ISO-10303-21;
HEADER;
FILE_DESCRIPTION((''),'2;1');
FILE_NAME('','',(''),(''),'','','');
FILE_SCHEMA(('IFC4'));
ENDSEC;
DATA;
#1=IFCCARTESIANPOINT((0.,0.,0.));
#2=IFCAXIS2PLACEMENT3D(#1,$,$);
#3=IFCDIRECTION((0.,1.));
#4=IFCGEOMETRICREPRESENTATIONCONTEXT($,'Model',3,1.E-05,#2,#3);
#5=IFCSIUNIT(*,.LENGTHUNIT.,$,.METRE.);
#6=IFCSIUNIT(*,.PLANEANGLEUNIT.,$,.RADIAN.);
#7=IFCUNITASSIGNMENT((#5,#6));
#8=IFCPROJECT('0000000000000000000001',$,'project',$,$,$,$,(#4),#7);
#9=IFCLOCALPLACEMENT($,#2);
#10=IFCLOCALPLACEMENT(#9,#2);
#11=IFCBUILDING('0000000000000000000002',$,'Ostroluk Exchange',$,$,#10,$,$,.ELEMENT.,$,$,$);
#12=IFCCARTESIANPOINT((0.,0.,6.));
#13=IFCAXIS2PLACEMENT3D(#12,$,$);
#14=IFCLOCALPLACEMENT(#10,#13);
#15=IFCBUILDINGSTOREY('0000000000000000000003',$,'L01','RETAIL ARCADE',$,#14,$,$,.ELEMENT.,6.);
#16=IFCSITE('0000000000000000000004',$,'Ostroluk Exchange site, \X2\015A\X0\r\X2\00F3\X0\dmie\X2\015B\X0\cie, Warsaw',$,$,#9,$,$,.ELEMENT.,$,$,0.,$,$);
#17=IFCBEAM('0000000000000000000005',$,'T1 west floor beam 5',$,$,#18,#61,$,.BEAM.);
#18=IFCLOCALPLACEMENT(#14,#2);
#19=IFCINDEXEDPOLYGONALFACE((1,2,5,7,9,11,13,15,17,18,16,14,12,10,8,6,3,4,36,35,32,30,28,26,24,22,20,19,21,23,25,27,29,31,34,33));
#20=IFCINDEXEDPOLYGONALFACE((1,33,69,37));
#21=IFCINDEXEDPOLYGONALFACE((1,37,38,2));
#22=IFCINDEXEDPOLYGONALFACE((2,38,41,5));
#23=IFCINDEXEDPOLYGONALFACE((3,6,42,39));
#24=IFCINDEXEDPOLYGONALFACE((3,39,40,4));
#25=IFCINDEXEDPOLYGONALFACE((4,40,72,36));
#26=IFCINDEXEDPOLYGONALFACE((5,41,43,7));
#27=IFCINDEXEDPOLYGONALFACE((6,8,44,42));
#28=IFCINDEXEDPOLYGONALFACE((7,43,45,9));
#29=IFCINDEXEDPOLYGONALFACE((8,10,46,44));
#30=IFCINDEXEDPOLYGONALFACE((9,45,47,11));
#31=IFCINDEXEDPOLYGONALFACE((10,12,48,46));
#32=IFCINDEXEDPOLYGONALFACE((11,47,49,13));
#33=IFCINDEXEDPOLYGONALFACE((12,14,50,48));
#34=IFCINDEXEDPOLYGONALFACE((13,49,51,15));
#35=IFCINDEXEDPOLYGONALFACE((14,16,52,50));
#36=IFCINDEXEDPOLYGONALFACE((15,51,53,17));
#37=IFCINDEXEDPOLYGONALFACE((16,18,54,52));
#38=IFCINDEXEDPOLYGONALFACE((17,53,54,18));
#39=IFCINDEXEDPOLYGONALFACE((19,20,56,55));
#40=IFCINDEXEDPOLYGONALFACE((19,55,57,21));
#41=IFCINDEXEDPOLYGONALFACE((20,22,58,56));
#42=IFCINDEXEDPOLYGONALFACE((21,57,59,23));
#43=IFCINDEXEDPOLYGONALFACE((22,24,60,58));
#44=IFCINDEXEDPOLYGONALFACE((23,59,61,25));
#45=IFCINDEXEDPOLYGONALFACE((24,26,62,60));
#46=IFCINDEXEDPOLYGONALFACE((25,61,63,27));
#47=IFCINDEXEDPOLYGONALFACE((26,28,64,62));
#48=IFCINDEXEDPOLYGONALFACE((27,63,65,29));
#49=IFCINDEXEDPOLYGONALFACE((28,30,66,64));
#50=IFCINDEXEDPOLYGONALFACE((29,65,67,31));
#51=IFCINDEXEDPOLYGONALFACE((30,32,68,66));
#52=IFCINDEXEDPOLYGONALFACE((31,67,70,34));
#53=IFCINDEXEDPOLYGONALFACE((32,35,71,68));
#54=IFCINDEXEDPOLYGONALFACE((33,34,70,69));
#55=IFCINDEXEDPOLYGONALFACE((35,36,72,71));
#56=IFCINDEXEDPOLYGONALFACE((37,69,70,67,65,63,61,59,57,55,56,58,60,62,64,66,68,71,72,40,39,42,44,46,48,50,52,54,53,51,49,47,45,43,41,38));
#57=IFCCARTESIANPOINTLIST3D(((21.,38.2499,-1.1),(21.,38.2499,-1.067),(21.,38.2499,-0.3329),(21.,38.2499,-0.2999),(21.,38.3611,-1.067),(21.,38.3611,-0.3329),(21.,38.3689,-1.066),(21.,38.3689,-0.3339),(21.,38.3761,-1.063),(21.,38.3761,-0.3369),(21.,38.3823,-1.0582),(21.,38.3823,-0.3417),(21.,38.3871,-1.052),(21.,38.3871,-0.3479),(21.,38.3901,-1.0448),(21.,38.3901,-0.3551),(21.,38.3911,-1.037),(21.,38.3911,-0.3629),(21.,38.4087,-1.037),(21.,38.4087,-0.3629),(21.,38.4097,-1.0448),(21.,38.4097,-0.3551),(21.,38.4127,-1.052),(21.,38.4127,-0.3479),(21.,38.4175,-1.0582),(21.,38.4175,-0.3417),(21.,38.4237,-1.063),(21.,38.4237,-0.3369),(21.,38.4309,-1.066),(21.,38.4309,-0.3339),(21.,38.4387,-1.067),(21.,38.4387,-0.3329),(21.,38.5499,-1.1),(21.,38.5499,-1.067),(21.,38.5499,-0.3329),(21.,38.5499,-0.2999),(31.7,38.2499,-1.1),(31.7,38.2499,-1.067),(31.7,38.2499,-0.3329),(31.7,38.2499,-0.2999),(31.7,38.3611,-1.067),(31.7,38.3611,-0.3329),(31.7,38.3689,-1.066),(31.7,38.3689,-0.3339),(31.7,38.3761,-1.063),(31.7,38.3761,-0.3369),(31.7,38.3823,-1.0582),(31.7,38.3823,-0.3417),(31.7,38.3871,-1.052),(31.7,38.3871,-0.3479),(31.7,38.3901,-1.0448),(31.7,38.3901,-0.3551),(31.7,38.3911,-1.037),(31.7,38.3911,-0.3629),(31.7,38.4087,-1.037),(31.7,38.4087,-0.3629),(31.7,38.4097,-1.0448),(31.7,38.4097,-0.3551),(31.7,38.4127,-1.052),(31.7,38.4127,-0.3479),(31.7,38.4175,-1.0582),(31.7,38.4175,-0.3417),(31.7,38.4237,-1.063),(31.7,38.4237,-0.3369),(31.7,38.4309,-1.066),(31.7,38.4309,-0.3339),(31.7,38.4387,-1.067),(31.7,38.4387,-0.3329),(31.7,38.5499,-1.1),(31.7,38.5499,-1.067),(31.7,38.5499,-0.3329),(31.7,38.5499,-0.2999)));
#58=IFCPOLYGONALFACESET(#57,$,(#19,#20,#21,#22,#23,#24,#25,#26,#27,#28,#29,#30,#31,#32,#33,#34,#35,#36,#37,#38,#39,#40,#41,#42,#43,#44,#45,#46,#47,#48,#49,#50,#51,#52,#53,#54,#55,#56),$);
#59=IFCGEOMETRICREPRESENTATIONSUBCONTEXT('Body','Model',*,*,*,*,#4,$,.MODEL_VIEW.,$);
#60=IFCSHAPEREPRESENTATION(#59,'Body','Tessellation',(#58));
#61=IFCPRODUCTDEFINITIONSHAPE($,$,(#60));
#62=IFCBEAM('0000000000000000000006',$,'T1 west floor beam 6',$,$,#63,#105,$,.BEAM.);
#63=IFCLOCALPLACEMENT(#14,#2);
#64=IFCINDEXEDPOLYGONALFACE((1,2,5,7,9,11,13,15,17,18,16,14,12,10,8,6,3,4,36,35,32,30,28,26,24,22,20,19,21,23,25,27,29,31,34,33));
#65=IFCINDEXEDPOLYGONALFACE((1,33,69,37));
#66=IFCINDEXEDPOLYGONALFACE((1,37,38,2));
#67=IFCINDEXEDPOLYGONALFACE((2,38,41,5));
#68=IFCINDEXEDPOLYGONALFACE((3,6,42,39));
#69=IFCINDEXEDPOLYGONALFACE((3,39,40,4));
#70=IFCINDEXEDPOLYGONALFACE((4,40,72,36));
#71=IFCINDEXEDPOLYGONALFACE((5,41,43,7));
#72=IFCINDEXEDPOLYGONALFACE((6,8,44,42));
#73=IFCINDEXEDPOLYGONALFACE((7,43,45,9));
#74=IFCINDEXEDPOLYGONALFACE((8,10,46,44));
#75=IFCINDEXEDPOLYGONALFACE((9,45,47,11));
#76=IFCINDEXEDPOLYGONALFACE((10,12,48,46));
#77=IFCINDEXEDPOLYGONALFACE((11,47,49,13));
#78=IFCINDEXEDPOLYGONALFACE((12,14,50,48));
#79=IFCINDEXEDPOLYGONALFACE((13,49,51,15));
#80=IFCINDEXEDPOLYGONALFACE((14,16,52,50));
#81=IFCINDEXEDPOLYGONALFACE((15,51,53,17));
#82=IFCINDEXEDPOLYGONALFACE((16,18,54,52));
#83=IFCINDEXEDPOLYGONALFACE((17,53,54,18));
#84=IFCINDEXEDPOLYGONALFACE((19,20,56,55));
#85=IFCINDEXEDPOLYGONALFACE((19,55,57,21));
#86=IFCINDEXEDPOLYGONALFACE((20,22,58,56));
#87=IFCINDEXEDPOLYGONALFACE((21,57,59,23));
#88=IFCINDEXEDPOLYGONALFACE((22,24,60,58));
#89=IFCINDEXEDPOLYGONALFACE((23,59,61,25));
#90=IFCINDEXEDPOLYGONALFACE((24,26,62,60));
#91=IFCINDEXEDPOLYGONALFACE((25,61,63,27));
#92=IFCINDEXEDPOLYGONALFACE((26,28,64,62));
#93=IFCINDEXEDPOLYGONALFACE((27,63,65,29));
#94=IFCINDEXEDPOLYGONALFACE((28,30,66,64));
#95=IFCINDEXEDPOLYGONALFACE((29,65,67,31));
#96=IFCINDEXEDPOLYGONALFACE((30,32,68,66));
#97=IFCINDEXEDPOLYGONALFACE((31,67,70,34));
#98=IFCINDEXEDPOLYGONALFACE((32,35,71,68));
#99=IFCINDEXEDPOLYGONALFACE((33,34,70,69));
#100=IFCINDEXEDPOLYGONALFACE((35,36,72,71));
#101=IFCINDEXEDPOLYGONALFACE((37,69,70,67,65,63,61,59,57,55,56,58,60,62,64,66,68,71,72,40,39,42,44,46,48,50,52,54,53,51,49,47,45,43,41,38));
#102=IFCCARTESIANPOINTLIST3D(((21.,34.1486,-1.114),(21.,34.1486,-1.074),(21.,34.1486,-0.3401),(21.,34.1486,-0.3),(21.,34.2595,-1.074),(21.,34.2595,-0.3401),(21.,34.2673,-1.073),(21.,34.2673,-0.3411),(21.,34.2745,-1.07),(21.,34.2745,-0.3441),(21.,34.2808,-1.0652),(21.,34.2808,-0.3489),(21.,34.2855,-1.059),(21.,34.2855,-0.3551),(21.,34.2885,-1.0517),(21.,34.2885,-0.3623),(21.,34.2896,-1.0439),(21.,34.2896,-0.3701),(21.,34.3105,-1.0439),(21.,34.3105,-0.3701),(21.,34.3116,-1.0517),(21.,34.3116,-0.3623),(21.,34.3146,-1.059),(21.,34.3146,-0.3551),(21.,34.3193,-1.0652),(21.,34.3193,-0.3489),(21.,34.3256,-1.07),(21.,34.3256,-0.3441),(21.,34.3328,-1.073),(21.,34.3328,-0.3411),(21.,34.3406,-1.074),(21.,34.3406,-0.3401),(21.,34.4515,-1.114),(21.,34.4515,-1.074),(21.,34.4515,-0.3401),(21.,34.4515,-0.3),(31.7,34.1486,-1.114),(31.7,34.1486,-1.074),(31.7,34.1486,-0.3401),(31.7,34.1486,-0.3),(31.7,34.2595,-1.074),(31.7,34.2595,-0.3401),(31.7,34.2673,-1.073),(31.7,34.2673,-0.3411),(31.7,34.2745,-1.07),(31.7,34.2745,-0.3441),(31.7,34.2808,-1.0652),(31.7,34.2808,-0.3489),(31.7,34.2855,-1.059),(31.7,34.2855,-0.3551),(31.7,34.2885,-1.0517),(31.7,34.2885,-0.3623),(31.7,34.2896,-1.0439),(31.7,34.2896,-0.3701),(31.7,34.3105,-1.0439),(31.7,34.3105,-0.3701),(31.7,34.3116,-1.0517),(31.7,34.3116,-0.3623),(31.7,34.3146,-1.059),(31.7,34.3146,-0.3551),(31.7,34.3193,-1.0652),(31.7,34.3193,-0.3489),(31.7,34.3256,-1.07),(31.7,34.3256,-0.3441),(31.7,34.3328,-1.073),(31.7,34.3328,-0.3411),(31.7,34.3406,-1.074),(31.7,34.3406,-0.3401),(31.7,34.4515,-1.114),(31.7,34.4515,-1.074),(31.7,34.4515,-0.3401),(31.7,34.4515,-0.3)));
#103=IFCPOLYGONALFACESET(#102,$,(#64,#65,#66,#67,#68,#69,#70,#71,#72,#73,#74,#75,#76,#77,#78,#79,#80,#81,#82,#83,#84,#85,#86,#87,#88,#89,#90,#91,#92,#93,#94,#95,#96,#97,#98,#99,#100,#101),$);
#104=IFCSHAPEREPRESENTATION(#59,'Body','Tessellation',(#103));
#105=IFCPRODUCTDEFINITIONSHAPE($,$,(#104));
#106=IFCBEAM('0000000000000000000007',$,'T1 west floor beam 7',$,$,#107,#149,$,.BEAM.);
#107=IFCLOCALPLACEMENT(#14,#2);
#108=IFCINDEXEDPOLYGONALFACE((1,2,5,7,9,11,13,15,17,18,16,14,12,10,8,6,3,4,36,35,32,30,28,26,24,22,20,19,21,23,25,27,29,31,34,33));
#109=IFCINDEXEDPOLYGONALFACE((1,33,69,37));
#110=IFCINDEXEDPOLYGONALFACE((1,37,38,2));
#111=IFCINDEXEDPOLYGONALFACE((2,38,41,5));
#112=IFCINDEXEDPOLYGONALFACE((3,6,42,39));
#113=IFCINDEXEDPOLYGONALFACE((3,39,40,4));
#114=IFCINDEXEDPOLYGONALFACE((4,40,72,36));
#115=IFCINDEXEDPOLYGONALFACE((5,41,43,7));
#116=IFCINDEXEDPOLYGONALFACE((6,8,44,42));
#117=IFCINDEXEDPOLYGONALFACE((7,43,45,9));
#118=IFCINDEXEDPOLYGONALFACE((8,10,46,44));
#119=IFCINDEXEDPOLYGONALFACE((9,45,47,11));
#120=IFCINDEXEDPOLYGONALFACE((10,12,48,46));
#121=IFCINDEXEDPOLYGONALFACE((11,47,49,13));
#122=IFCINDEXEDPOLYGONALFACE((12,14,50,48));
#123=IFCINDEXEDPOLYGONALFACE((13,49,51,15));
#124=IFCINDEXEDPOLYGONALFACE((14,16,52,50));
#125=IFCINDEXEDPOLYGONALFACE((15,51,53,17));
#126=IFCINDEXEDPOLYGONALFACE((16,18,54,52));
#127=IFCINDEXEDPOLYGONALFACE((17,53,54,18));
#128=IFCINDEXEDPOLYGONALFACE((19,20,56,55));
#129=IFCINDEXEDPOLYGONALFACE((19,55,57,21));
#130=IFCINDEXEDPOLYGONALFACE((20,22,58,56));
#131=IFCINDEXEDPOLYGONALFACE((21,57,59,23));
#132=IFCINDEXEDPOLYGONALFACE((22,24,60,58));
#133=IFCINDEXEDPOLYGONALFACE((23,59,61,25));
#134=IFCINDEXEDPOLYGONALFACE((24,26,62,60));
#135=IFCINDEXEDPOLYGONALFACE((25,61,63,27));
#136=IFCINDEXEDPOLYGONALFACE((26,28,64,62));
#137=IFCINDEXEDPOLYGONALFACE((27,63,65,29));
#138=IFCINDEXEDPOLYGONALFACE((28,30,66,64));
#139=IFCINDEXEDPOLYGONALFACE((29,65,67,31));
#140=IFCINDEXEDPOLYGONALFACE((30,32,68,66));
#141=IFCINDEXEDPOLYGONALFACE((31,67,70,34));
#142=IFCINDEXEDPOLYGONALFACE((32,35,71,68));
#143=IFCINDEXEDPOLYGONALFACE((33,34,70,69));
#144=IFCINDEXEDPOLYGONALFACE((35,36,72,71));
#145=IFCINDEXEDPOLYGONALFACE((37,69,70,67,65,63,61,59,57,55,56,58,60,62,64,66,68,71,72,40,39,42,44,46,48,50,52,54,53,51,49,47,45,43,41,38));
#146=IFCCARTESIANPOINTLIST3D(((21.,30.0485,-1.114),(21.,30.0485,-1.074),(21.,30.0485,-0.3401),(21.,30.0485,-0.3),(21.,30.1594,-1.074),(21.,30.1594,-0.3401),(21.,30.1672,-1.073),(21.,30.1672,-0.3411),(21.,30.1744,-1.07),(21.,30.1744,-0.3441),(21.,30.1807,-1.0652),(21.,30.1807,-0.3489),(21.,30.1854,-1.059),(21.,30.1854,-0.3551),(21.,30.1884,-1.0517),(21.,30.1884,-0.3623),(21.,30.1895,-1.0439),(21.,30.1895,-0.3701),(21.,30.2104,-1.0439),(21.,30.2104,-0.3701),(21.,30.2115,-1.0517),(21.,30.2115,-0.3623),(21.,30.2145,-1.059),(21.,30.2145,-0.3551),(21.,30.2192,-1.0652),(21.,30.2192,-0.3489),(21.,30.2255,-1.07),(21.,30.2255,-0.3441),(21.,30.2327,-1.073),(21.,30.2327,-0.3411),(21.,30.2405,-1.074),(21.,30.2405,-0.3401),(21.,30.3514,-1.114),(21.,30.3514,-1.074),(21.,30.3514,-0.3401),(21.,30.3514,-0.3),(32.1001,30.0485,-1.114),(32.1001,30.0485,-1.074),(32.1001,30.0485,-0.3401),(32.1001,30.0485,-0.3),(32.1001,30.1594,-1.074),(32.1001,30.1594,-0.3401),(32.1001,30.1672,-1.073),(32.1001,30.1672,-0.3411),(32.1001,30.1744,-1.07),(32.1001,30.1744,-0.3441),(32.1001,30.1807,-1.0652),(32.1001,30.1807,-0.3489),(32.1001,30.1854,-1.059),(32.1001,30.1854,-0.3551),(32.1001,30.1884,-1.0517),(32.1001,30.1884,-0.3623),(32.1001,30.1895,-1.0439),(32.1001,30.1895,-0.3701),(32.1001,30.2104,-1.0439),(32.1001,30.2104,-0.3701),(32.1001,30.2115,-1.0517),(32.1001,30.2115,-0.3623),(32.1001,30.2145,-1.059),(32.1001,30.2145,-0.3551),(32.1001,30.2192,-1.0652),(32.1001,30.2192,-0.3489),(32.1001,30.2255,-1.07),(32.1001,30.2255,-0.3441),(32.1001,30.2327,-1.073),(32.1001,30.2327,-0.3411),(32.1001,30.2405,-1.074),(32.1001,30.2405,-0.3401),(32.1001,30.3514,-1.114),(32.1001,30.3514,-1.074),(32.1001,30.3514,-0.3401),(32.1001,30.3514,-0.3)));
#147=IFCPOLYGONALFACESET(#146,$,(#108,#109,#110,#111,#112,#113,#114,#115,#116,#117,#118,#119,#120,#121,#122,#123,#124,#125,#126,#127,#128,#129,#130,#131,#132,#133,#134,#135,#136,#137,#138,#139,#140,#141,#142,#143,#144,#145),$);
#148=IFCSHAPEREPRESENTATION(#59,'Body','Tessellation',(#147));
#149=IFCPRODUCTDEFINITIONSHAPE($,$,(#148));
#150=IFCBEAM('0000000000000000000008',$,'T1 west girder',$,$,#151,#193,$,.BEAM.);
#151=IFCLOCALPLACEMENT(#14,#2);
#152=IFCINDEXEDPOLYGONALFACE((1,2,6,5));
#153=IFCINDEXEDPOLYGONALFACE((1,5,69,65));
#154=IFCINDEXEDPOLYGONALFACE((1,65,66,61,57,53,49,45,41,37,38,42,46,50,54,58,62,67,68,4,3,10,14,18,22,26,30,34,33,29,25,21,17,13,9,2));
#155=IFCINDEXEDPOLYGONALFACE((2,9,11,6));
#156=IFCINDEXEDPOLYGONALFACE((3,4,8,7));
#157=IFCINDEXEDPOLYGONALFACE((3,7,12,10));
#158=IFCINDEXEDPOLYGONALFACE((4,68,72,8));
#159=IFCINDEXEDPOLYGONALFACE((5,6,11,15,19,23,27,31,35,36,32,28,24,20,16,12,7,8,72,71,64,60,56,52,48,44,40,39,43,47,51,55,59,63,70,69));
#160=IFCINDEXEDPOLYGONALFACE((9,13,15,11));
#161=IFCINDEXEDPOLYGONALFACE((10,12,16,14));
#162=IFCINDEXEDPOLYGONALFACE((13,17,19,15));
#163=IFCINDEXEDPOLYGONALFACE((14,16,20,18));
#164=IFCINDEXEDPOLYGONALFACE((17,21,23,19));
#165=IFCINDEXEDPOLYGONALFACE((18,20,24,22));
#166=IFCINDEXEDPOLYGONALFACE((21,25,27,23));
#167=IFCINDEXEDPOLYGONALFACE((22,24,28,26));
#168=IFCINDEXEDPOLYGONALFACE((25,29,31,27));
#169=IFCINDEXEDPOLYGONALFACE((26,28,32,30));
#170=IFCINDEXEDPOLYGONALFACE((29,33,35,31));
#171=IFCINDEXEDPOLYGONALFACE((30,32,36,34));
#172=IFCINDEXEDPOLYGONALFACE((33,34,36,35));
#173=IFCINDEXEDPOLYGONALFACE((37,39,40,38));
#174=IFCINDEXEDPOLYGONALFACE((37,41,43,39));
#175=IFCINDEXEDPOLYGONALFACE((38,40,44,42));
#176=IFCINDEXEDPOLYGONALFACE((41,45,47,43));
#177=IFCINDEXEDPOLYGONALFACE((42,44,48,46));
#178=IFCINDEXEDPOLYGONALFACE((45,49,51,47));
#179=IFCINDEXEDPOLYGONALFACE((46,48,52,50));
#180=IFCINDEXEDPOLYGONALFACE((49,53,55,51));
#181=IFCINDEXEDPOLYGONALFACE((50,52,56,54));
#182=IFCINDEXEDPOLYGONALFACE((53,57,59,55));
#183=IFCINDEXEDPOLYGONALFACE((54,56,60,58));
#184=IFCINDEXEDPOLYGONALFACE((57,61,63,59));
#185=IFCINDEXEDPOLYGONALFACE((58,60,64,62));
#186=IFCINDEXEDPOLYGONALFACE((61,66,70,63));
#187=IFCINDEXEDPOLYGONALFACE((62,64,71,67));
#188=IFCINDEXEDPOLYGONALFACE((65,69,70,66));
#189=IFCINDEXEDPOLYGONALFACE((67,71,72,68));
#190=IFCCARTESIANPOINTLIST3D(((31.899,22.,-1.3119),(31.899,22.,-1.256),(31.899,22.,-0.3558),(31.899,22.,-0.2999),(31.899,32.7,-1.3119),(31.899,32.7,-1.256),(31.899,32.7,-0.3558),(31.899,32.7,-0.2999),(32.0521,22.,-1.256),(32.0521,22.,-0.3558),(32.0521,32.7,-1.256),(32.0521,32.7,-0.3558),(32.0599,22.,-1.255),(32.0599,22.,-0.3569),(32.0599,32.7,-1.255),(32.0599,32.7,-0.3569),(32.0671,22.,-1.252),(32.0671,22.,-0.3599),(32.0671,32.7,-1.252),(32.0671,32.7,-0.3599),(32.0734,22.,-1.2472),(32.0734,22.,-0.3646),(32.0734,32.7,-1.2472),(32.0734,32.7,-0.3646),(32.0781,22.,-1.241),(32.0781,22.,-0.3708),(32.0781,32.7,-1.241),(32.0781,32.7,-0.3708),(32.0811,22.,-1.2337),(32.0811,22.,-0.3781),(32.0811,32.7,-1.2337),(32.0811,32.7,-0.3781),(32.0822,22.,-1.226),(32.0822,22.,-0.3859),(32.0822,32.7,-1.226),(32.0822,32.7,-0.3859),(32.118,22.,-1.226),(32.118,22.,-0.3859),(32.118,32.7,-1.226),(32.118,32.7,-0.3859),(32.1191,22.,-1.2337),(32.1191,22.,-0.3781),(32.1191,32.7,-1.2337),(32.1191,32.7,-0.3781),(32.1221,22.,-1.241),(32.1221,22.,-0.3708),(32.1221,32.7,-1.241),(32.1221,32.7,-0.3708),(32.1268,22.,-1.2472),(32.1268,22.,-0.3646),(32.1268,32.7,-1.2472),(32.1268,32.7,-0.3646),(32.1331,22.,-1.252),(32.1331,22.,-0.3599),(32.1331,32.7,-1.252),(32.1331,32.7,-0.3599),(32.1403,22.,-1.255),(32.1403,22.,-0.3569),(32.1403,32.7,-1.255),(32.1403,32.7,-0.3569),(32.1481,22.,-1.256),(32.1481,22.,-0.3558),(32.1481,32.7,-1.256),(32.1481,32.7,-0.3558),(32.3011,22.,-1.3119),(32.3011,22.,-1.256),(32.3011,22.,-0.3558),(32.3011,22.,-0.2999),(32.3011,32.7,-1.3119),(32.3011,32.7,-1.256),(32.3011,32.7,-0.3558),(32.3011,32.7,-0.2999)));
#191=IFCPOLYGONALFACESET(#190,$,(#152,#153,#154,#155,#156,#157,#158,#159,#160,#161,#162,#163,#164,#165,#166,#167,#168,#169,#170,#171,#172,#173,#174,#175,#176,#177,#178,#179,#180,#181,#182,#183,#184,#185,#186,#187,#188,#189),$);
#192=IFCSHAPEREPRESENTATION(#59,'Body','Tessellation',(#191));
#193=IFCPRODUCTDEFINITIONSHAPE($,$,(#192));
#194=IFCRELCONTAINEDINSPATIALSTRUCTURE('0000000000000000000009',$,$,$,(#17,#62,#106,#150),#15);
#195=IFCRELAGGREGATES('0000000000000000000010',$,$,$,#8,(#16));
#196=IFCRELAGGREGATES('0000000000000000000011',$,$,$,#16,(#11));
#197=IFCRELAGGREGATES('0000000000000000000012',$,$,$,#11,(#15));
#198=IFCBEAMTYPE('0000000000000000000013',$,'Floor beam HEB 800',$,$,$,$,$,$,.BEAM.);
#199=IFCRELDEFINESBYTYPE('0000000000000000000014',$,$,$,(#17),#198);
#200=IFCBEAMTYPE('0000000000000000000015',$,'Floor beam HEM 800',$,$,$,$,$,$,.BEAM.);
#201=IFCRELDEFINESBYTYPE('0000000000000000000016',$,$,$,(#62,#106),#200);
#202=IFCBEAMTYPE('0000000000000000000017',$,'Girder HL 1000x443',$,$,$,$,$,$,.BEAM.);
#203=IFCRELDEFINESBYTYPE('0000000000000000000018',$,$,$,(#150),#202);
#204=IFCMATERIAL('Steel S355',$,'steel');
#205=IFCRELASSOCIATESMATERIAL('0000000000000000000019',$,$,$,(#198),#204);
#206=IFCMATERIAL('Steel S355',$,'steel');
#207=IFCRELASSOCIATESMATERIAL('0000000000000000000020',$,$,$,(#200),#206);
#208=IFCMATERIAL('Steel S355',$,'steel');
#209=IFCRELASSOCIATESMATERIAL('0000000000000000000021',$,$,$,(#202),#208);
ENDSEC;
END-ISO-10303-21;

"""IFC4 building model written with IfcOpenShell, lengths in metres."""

from ifc_helpers import new_model, si_unit, direction, frame, origin, origin_2d, place, context, subcontext, project, spatial, i_section, extrude, material, material_profile, profile_set, type_object, element, save


model = new_model("IFC4")

# Units and contexts
model_context = context("Model", 3, precision=1e-05, world=origin(), true_north=direction((0.0, 1.0)))
body_context = subcontext(model_context, "Body", "Model", "MODEL_VIEW")
ifc_project = project(units=[si_unit("LENGTHUNIT", "METRE"), si_unit("PLANEANGLEUNIT", "RADIAN")], contexts=[model_context])

# Site, building, storey
site_placement = place(None, origin())
site = spatial("IfcSite", under=ifc_project, at=site_placement, Name="Ostroluk Exchange site, Śródmieście, Warsaw", CompositionType="ELEMENT", RefElevation=0.0)
building_placement = place(site_placement, origin())
building = spatial("IfcBuilding", under=site, at=building_placement, Name="Ostroluk Exchange", CompositionType="ELEMENT")
storey_placement = place(building_placement, frame((0.0, 0.0, 6.0)))
storey = spatial("IfcBuildingStorey", under=building, at=storey_placement, Name="L01", Description="RETAIL ARCADE", CompositionType="ELEMENT", Elevation=6.0)

# Beams
ifc_material_1 = material(Name="Steel S355", Category="steel")
ifc_material_profile_1 = material_profile(ifc_material_1, i_section(OverallWidth=0.3, OverallDepth=0.8, WebThickness=0.0176, FlangeThickness=0.033, FilletRadius=0.03, at=origin_2d()), Name="HEB 800")
ifc_profile_set_1 = profile_set([ifc_material_profile_1], Name="Steel S355")
beam_type_1 = type_object("IfcBeamType", Name="Floor beam HEB 800", PredefinedType="BEAM", material=ifc_profile_set_1)
beam_1_placement = place(storey_placement, frame((31.7, 38.3999, -0.7), z_axis=(-1.0, 0.0, 0.0), x_axis=(0.0, -1.0, 0.0)))
element("IfcBeam", 1, at=beam_1_placement, inside=storey, type_object=beam_type_1, Name="T1 west floor beam 5", PredefinedType="BEAM", context=body_context, shape_type="SweptSolid", body=[
    extrude(i_section(OverallWidth=0.3, OverallDepth=0.8, WebThickness=0.0176, FlangeThickness=0.033, FilletRadius=0.03, at=origin_2d()), origin(), (0.0, 0.0, 1.0), 10.7),
])
ifc_material_2 = material(Name="Steel S355", Category="steel")
ifc_material_profile_2 = material_profile(ifc_material_2, i_section(OverallWidth=0.303, OverallDepth=0.814, WebThickness=0.021, FlangeThickness=0.04, FilletRadius=0.03, at=origin_2d()), Name="HEM 800")
ifc_profile_set_2 = profile_set([ifc_material_profile_2], Name="Steel S355")
beam_type_2 = type_object("IfcBeamType", Name="Floor beam HEM 800", PredefinedType="BEAM", material=ifc_profile_set_2)
beam_2_placement = place(storey_placement, frame((31.7, 34.3, -0.707), z_axis=(-1.0, 0.0, 0.0), x_axis=(0.0, -1.0, 0.0)))
element("IfcBeam", 2, at=beam_2_placement, inside=storey, type_object=beam_type_2, Name="T1 west floor beam 6", PredefinedType="BEAM", context=body_context, shape_type="SweptSolid", body=[
    extrude(i_section(OverallWidth=0.303, OverallDepth=0.814, WebThickness=0.021, FlangeThickness=0.04, FilletRadius=0.03, at=origin_2d()), origin(), (0.0, 0.0, 1.0), 10.7),
])
beam_3_placement = place(storey_placement, frame((32.1001, 30.2, -0.707), z_axis=(-1.0, 0.0, 0.0), x_axis=(0.0, -1.0, 0.0)))
element("IfcBeam", 3, at=beam_3_placement, inside=storey, type_object=beam_type_2, Name="T1 west floor beam 7", PredefinedType="BEAM", context=body_context, shape_type="SweptSolid", body=[
    extrude(i_section(OverallWidth=0.303, OverallDepth=0.814, WebThickness=0.021, FlangeThickness=0.04, FilletRadius=0.03, at=origin_2d()), origin(), (0.0, 0.0, 1.0), 11.1001),
])
ifc_material_3 = material(Name="Steel S355", Category="steel")
ifc_material_profile_3 = material_profile(ifc_material_3, i_section(OverallWidth=0.4021, OverallDepth=1.012, WebThickness=0.0359, FlangeThickness=0.0559, FilletRadius=0.03, at=origin_2d()), Name="HL 1000x443")
ifc_profile_set_3 = profile_set([ifc_material_profile_3], Name="Steel S355")
beam_type_3 = type_object("IfcBeamType", Name="Girder HL 1000x443", PredefinedType="BEAM", material=ifc_profile_set_3)
beam_4_placement = place(storey_placement, frame((32.1001, 32.7, -0.8059), z_axis=(0.0, -1.0, 0.0), x_axis=(1.0, 0.0, 0.0)))
element("IfcBeam", 4, at=beam_4_placement, inside=storey, type_object=beam_type_3, Name="T1 west girder", PredefinedType="BEAM", context=body_context, shape_type="SweptSolid", body=[
    extrude(i_section(OverallWidth=0.4021, OverallDepth=1.012, WebThickness=0.0359, FlangeThickness=0.0559, FilletRadius=0.03, at=origin_2d()), origin(), (0.0, 0.0, 1.0), 10.7),
])

save(model, "model.ifc")
